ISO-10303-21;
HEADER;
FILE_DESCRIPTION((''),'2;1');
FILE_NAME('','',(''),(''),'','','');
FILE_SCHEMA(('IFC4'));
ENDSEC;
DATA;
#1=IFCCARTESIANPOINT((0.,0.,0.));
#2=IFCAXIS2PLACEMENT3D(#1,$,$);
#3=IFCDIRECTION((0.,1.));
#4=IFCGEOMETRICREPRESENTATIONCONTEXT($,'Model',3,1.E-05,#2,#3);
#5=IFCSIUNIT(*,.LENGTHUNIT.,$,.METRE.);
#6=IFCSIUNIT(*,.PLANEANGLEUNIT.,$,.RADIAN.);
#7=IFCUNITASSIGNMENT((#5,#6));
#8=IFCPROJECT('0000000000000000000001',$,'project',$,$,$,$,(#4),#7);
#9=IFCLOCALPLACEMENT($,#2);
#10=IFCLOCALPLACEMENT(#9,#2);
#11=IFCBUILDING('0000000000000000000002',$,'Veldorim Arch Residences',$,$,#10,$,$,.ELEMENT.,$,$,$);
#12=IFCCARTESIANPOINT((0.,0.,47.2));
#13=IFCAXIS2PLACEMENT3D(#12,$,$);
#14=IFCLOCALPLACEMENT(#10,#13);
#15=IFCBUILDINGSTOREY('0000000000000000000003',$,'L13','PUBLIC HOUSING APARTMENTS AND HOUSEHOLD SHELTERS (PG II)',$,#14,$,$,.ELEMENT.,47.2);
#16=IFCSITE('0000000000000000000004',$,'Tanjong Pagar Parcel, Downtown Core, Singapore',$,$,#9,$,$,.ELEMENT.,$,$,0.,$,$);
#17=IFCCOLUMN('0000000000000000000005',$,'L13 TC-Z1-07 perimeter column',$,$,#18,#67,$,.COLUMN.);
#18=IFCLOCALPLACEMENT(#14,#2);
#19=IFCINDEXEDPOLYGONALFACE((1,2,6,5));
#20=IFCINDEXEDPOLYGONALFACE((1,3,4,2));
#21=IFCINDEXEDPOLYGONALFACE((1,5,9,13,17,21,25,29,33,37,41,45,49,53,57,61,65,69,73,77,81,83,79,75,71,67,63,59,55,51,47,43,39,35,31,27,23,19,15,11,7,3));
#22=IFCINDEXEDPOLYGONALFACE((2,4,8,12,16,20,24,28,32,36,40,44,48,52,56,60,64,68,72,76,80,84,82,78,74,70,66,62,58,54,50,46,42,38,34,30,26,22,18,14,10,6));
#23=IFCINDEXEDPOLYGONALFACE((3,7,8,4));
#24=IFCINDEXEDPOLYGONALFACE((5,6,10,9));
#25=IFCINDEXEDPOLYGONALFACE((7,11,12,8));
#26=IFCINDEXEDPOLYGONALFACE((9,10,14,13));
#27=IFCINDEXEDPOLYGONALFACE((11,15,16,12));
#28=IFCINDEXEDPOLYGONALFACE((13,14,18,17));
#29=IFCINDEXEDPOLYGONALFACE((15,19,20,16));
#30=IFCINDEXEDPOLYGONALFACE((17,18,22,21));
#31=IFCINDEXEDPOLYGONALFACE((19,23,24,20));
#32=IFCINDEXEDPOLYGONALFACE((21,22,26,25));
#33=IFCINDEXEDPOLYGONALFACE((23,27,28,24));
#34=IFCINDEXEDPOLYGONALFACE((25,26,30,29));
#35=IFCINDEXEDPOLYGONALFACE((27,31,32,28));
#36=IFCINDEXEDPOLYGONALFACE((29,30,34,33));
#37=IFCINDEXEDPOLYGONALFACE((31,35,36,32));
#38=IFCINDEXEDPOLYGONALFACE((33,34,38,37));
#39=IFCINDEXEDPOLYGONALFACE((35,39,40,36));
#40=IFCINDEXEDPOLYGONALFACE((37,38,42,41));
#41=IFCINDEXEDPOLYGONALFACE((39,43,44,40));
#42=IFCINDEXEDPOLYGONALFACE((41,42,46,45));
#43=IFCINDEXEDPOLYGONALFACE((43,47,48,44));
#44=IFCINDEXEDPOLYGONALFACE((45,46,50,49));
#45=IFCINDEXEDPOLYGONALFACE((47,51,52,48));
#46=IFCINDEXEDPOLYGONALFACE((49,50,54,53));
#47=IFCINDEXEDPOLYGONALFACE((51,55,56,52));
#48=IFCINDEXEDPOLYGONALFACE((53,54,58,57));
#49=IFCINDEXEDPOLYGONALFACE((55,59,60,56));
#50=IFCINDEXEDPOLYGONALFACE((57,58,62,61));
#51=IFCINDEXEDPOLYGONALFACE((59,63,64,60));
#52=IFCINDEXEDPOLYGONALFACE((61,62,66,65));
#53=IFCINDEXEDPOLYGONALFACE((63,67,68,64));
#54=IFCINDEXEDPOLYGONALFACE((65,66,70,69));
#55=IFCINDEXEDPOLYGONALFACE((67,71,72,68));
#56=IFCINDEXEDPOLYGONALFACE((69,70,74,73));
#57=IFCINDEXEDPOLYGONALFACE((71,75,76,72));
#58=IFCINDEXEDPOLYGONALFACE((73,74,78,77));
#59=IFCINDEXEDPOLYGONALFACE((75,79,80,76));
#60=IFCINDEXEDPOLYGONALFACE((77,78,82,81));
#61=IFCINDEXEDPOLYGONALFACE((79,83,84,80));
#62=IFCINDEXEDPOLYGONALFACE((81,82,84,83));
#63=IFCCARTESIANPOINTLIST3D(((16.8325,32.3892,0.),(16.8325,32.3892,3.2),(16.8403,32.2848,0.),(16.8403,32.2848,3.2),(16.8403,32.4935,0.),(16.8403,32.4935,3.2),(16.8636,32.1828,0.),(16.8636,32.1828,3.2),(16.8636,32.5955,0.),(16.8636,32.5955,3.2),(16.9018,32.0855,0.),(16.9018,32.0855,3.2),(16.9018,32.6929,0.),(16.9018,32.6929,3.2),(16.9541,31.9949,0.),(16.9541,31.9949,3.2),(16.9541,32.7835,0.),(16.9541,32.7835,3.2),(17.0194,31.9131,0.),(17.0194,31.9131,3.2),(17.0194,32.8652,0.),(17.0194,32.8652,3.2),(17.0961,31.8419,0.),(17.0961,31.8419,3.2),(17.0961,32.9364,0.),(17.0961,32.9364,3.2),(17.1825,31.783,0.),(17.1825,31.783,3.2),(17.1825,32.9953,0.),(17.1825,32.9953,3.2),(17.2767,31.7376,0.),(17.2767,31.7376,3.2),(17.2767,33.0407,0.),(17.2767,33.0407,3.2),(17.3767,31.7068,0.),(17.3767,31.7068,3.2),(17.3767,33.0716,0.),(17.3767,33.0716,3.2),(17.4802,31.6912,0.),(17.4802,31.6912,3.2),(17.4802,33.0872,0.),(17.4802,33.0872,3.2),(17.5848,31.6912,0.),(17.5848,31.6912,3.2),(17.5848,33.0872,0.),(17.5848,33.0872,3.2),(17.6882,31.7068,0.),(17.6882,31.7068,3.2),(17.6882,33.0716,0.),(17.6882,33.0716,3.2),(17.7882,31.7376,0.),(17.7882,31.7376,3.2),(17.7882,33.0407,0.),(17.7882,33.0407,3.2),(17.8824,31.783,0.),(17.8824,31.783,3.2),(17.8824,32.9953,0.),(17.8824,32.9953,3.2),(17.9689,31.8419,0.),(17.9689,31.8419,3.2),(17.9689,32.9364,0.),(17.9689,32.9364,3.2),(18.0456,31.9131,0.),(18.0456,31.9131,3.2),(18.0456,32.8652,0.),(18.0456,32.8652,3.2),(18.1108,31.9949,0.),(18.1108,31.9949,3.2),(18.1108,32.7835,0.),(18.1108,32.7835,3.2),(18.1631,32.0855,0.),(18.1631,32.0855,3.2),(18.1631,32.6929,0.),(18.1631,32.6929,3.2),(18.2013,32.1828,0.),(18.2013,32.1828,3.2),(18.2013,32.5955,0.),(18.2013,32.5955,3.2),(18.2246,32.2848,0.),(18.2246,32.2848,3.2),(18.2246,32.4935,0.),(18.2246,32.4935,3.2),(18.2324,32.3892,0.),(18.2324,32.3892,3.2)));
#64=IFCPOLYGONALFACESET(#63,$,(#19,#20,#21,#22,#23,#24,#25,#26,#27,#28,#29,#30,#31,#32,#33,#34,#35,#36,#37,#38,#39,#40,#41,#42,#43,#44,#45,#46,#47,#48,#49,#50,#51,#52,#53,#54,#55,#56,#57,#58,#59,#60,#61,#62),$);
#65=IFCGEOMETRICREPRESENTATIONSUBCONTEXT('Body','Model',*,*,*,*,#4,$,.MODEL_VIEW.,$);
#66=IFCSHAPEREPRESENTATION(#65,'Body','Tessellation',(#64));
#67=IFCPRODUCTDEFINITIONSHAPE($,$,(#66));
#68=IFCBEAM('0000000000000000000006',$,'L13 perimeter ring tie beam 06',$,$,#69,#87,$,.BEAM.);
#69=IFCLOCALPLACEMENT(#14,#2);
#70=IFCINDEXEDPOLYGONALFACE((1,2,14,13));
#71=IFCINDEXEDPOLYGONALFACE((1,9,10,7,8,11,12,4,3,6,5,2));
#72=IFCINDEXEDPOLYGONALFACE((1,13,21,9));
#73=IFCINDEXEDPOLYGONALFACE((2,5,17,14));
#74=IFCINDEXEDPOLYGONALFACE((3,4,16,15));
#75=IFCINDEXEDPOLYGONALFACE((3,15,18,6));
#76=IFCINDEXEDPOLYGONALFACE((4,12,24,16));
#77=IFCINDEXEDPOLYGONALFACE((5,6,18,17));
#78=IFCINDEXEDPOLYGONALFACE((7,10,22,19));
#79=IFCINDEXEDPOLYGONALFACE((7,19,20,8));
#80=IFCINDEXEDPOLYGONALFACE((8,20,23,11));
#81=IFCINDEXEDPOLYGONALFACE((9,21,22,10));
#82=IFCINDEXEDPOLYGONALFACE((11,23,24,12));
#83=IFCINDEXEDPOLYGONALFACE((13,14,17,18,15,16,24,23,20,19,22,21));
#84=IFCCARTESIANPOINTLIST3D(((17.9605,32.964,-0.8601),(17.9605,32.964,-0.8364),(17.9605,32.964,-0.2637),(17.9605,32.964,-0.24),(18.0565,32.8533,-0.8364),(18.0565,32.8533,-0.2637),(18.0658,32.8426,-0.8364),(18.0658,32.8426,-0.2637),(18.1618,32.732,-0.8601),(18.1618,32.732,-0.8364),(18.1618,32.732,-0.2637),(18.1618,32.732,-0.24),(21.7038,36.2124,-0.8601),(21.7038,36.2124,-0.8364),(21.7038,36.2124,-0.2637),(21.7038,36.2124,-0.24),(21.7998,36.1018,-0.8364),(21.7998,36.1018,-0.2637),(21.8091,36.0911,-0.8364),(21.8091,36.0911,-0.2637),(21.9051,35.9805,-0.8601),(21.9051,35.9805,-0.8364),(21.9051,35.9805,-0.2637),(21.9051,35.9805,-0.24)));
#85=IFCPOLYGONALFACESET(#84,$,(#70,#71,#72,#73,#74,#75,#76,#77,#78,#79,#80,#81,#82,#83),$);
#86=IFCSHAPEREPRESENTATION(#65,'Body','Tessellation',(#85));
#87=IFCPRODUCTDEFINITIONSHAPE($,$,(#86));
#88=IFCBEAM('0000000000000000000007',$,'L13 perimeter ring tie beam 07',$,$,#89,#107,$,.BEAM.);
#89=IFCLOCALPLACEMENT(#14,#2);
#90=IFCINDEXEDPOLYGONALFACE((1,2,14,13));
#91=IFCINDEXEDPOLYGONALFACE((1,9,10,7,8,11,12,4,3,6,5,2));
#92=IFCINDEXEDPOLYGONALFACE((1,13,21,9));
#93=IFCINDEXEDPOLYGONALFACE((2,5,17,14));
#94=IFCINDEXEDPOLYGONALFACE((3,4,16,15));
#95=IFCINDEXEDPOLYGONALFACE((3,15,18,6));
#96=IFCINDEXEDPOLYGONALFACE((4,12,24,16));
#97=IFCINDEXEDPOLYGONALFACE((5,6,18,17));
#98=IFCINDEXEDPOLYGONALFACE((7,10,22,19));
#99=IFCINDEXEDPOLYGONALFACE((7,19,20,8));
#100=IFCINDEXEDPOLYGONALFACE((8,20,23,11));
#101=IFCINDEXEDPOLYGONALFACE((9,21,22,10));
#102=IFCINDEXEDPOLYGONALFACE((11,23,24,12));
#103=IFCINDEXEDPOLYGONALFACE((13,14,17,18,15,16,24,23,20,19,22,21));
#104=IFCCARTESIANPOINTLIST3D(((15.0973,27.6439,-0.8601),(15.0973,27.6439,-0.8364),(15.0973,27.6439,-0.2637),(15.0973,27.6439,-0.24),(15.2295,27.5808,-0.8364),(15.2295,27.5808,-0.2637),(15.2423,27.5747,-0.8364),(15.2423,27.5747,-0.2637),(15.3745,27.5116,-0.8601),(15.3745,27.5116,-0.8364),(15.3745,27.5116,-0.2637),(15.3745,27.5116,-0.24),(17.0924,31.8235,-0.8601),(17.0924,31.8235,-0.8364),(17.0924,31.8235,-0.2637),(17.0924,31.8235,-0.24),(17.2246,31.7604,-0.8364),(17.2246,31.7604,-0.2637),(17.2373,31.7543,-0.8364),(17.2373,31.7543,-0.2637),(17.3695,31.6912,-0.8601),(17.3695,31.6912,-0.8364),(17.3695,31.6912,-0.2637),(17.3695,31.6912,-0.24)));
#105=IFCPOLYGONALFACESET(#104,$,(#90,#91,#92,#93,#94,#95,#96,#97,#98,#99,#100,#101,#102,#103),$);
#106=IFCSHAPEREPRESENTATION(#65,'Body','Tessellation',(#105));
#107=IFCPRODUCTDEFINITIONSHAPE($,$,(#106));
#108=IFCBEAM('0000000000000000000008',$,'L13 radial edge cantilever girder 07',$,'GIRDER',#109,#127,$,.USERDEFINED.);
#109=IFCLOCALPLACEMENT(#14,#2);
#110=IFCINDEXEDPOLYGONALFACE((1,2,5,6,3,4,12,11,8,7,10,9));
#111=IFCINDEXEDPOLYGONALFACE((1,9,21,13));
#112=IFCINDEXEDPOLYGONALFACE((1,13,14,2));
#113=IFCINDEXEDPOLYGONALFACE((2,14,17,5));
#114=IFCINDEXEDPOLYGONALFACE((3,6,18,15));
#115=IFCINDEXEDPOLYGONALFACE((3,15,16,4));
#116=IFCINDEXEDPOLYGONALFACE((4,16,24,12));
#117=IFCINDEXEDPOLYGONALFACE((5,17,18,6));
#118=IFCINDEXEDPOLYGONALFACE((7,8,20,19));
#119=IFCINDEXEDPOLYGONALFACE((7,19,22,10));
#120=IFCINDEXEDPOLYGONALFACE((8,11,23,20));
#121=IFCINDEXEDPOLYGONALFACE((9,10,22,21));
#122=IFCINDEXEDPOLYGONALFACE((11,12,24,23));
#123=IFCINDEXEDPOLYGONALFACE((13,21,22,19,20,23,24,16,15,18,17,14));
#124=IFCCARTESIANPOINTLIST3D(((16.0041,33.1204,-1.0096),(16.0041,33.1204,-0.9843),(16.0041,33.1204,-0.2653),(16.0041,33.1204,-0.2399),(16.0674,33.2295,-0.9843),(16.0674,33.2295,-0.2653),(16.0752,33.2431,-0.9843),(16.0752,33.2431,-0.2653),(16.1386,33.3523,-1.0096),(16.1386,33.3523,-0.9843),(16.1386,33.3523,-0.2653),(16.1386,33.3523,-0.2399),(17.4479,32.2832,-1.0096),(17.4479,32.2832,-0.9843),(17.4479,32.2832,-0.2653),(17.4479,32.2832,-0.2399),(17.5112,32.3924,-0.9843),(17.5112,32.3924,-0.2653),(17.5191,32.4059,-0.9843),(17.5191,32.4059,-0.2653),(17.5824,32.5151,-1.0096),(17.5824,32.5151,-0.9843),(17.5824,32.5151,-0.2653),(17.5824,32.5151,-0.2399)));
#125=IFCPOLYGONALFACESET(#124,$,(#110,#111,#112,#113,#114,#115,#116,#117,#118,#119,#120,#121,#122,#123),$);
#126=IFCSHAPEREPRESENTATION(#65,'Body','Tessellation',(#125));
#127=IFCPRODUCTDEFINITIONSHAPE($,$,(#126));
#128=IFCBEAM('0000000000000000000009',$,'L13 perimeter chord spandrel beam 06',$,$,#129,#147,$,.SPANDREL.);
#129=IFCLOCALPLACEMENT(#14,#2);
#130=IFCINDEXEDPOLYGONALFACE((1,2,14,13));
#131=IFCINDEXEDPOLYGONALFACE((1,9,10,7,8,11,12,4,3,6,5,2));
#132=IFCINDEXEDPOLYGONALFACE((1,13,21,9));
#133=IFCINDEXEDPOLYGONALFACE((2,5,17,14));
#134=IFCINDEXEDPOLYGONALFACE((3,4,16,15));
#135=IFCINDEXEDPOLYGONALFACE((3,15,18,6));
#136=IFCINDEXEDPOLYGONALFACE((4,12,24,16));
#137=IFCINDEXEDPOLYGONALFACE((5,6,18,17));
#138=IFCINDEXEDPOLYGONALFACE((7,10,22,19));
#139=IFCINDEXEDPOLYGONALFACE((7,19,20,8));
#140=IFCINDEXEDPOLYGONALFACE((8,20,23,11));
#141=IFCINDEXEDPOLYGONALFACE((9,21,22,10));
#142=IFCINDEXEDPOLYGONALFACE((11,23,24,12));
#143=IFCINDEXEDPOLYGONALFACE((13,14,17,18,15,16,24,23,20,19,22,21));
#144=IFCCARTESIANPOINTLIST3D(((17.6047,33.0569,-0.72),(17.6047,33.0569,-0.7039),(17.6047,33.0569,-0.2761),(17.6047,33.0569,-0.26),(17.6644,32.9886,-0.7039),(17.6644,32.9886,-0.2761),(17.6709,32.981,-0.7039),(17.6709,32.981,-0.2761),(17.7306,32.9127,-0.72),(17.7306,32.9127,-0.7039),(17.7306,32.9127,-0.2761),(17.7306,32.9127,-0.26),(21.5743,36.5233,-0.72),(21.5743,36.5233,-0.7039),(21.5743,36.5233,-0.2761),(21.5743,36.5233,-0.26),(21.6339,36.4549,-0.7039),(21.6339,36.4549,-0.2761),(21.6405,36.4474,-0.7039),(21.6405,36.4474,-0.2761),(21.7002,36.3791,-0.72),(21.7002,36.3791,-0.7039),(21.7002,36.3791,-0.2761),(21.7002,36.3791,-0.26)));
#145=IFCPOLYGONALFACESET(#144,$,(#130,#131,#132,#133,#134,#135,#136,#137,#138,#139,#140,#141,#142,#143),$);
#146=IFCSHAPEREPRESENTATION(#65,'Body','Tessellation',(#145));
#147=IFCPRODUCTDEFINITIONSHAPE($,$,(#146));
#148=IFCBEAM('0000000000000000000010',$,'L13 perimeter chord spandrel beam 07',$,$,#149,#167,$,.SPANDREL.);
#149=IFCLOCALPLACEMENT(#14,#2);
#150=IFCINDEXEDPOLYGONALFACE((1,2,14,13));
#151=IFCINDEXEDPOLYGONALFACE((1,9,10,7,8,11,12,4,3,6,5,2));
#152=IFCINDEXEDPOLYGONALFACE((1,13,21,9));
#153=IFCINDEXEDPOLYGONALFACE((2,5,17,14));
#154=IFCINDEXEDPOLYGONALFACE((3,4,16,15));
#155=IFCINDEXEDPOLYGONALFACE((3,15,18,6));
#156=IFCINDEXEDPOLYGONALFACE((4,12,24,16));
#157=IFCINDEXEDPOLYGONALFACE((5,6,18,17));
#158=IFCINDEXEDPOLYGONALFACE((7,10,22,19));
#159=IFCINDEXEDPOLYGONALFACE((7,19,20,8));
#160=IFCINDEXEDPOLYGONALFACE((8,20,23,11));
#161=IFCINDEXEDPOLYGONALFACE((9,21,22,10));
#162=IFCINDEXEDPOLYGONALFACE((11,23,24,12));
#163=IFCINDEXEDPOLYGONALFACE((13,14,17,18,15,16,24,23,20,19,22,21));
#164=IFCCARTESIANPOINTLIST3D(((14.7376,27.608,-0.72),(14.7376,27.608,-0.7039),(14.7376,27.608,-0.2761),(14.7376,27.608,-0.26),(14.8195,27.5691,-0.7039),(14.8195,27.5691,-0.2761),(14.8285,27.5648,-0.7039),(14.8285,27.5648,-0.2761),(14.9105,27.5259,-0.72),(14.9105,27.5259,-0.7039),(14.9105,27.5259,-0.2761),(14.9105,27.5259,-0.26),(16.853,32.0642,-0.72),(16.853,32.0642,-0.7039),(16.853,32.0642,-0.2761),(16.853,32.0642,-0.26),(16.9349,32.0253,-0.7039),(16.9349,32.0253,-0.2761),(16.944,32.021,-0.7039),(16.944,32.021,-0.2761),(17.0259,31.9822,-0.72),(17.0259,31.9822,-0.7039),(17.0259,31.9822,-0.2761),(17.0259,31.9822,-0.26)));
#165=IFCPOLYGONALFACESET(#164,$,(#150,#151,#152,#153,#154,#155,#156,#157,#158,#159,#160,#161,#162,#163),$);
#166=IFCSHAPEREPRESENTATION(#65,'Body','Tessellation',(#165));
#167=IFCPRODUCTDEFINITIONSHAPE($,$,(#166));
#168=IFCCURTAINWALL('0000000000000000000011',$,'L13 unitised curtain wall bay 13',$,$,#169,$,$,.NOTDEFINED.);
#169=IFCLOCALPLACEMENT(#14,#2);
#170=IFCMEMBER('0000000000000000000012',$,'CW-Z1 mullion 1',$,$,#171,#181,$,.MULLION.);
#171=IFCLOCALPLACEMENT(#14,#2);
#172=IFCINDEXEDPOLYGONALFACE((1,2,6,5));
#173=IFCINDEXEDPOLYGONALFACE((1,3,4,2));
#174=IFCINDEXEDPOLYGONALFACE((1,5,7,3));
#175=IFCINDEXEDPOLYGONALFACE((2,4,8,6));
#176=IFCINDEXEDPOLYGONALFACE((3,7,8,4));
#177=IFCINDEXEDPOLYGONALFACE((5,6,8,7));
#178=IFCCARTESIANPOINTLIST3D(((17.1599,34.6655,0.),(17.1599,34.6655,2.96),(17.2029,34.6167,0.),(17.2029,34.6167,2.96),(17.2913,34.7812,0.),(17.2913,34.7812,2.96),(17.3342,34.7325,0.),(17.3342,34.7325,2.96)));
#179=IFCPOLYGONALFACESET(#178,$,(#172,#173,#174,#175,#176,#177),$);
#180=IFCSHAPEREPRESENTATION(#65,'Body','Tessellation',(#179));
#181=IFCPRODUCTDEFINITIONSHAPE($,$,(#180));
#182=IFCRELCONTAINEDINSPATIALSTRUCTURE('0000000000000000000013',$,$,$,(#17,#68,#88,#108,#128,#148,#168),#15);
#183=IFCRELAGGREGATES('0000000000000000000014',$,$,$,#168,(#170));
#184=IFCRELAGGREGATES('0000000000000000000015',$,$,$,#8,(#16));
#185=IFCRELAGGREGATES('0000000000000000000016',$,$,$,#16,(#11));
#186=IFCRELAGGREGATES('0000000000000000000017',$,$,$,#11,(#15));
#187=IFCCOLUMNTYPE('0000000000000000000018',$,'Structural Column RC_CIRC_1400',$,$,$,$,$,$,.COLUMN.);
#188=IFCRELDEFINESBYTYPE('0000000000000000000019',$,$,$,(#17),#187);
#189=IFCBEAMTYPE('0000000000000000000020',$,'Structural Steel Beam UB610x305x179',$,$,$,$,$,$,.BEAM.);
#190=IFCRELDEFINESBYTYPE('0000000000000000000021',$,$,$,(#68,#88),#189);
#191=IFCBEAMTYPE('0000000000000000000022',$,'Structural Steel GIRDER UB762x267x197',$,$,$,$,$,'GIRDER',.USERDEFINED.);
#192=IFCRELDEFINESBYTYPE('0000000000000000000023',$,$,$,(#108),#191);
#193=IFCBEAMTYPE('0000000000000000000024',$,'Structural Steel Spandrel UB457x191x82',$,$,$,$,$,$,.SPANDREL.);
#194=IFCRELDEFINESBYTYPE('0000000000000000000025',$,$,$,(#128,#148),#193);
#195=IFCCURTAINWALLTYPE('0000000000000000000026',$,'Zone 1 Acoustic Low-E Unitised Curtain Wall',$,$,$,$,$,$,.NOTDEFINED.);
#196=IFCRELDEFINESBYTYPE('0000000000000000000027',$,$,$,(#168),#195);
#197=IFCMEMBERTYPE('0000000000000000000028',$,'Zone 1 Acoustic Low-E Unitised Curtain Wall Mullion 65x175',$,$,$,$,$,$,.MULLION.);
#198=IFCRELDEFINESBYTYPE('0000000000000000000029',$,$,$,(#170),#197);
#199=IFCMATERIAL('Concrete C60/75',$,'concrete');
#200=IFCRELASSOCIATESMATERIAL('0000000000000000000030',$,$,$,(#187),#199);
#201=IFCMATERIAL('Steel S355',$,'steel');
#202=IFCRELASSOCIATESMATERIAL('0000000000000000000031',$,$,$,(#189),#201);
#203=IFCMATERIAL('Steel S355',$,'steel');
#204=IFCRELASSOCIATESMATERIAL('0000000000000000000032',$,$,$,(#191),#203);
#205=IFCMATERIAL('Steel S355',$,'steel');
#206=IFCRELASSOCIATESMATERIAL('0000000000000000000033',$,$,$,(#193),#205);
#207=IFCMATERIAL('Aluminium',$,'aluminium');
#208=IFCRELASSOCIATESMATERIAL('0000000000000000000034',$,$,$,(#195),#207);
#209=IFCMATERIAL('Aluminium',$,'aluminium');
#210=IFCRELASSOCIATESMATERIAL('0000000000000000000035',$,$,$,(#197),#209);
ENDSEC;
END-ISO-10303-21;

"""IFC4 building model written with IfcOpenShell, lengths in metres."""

from ifc_helpers import new_model, si_unit, direction, frame, origin, origin_2d, place, context, subcontext, project, spatial, rectangle, circle, i_section, extrude, material, material_profile, profile_set, type_object, element, aggregate, save


model = new_model("IFC4")

# Units and contexts
model_context = context("Model", 3, precision=1e-05, world=origin(), true_north=direction((0.0, 1.0)))
body_context = subcontext(model_context, "Body", "Model", "MODEL_VIEW")
ifc_project = project(units=[si_unit("LENGTHUNIT", "METRE"), si_unit("PLANEANGLEUNIT", "RADIAN")], contexts=[model_context])

# Site, building, storey
site_placement = place(None, origin())
site = spatial("IfcSite", under=ifc_project, at=site_placement, Name="Tanjong Pagar Parcel, Downtown Core, Singapore", CompositionType="ELEMENT", RefElevation=0.0)
building_placement = place(site_placement, origin())
building = spatial("IfcBuilding", under=site, at=building_placement, Name="Veldorim Arch Residences", CompositionType="ELEMENT")
storey_placement = place(building_placement, frame((0.0, 0.0, 47.2)))
storey = spatial("IfcBuildingStorey", under=building, at=storey_placement, Name="L13", Description="PUBLIC HOUSING APARTMENTS AND HOUSEHOLD SHELTERS (PG II)", CompositionType="ELEMENT", Elevation=47.2)

# Column
ifc_material_1 = material(Name="Concrete C60/75", Category="concrete")
ifc_material_profile_1 = material_profile(ifc_material_1, circle(Radius=0.7, at=origin_2d()), Name="RC_CIRC_1400")
ifc_profile_set_1 = profile_set([ifc_material_profile_1], Name="Concrete C60/75")
column_type = type_object("IfcColumnType", Name="Structural Column RC_CIRC_1400", PredefinedType="COLUMN", material=ifc_profile_set_1)
column_placement = place(storey_placement, frame((17.5325, 32.3892, 0.0), z_axis=(0.0, 0.0, 1.0), x_axis=(1.0, 0.0, 0.0)))
element("IfcColumn", 1, at=column_placement, inside=storey, type_object=column_type, Name="L13 TC-Z1-07 perimeter column", PredefinedType="COLUMN", context=body_context, shape_type="SweptSolid", body=[
    extrude(circle(Radius=0.7, at=origin_2d()), origin(), (0.0, 0.0, 1.0), 3.2),
])

# Beams
ifc_material_2 = material(Name="Steel S355", Category="steel")
ifc_material_profile_2 = material_profile(ifc_material_2, i_section(OverallWidth=0.3071, OverallDepth=0.6201, WebThickness=0.0142, FlangeThickness=0.0237, at=origin_2d()), Name="UB610x305x179")
ifc_profile_set_2 = profile_set([ifc_material_profile_2], Name="Steel S355")
beam_type_1 = type_object("IfcBeamType", Name="Structural Steel Beam UB610x305x179", PredefinedType="BEAM", material=ifc_profile_set_2)
beam_1_placement = place(storey_placement, frame((21.8044, 36.0964, -0.55), z_axis=(-0.755265, -0.65542, 0.0), x_axis=(0.65542, -0.755265, 0.0)))
element("IfcBeam", 2, at=beam_1_placement, inside=storey, type_object=beam_type_1, Name="L13 perimeter ring tie beam 06", PredefinedType="BEAM", context=body_context, shape_type="SweptSolid", body=[
    extrude(i_section(OverallWidth=0.3071, OverallDepth=0.6201, WebThickness=0.0142, FlangeThickness=0.0237, at=origin_2d()), origin(), (0.0, 0.0, 1.0), 4.9563),
])
beam_2_placement = place(storey_placement, frame((17.231, 31.7573, -0.55), z_axis=(-0.430776, -0.902459, 0.0), x_axis=(0.902459, -0.430776, 0.0)))
element("IfcBeam", 3, at=beam_2_placement, inside=storey, type_object=beam_type_1, Name="L13 perimeter ring tie beam 07", PredefinedType="BEAM", context=body_context, shape_type="SweptSolid", body=[
    extrude(i_section(OverallWidth=0.3071, OverallDepth=0.6201, WebThickness=0.0142, FlangeThickness=0.0237, at=origin_2d()), origin(), (0.0, 0.0, 1.0), 4.6313),
])
ifc_material_3 = material(Name="Steel S355", Category="steel")
ifc_material_profile_3 = material_profile(ifc_material_3, i_section(OverallWidth=0.2681, OverallDepth=0.7698, WebThickness=0.0156, FlangeThickness=0.0254, at=origin_2d()), Name="UB762x267x197")
ifc_profile_set_3 = profile_set([ifc_material_profile_3], Name="Steel S355")
beam_type_2 = type_object("IfcBeamType", Name="Structural Steel GIRDER UB762x267x197", ElementType="GIRDER", PredefinedType="USERDEFINED", material=ifc_profile_set_3)
beam_3_placement = place(storey_placement, frame((17.5151, 32.3992, -0.6248), z_axis=(-0.865102, 0.501595, 0.0), x_axis=(-0.501595, -0.865102, 0.0)))
element("IfcBeam", 4, at=beam_3_placement, inside=storey, type_object=beam_type_2, Name="L13 radial edge cantilever girder 07", ObjectType="GIRDER", PredefinedType="USERDEFINED", context=body_context, shape_type="SweptSolid", body=[
    extrude(i_section(OverallWidth=0.2681, OverallDepth=0.7698, WebThickness=0.0156, FlangeThickness=0.0254, at=origin_2d()), origin(), (0.0, 0.0, 1.0), 1.6689),
])
ifc_material_4 = material(Name="Steel S355", Category="steel")
ifc_material_profile_4 = material_profile(ifc_material_4, i_section(OverallWidth=0.1914, OverallDepth=0.46, WebThickness=0.01, FlangeThickness=0.0161, at=origin_2d()), Name="UB457x191x82")
ifc_profile_set_4 = profile_set([ifc_material_profile_4], Name="Steel S355")
beam_type_3 = type_object("IfcBeamType", Name="Structural Steel Spandrel UB457x191x82", PredefinedType="SPANDREL", material=ifc_profile_set_4)
beam_4_placement = place(storey_placement, frame((21.6372, 36.4512, -0.49), z_axis=(-0.753234, -0.657753, 0.0), x_axis=(0.657753, -0.753234, 0.0)))
element("IfcBeam", 5, at=beam_4_placement, inside=storey, type_object=beam_type_3, Name="L13 perimeter chord spandrel beam 06", PredefinedType="SPANDREL", context=body_context, shape_type="SweptSolid", body=[
    extrude(i_section(OverallWidth=0.1914, OverallDepth=0.46, WebThickness=0.01, FlangeThickness=0.0161, at=origin_2d()), origin(), (0.0, 0.0, 1.0), 5.27),
])
beam_5_placement = place(storey_placement, frame((16.9395, 32.0232, -0.49), z_axis=(-0.428848, -0.903377, 0.0), x_axis=(0.903377, -0.428848, 0.0)))
element("IfcBeam", 6, at=beam_5_placement, inside=storey, type_object=beam_type_3, Name="L13 perimeter chord spandrel beam 07", PredefinedType="SPANDREL", context=body_context, shape_type="SweptSolid", body=[
    extrude(i_section(OverallWidth=0.1914, OverallDepth=0.46, WebThickness=0.01, FlangeThickness=0.0161, at=origin_2d()), origin(), (0.0, 0.0, 1.0), 4.9329),
])

# Curtain wall, member
ifc_material_5 = material(Name="Aluminium", Category="aluminium")
curtain_wall_type = type_object("IfcCurtainWallType", Name="Zone 1 Acoustic Low-E Unitised Curtain Wall", PredefinedType="NOTDEFINED", material=ifc_material_5)
curtain_wall_placement = place(storey_placement, origin())
curtain_wall = element("IfcCurtainWall", 7, at=curtain_wall_placement, inside=storey, type_object=curtain_wall_type, Name="L13 unitised curtain wall bay 13", PredefinedType="NOTDEFINED")
ifc_material_6 = material(Name="Aluminium", Category="aluminium")
ifc_material_profile_5 = material_profile(ifc_material_6, rectangle(XDim=0.0649, YDim=0.175, at=origin_2d()), Name="ALU_MUL_65x175")
ifc_profile_set_5 = profile_set([ifc_material_profile_5], Name="Aluminium")
member_type_1 = type_object("IfcMemberType", Name="Zone 1 Acoustic Low-E Unitised Curtain Wall Mullion 65x175", PredefinedType="MULLION", material=ifc_profile_set_5)
member_1_placement = place(storey_placement, frame((17.2471, 34.699, 0.0), z_axis=(0.0, 0.0, 1.0), x_axis=(-0.661207, 0.750204, 0.0)))
member_1 = element("IfcMember", 8, at=member_1_placement, type_object=member_type_1, Name="CW-Z1 mullion 1", PredefinedType="MULLION", context=body_context, shape_type="SweptSolid", body=[
    extrude(rectangle(XDim=0.0649, YDim=0.175, at=origin_2d()), origin(), (0.0, 0.0, 1.0), 2.96),
])
aggregate(curtain_wall, [member_1])

save(model, "model.ifc")
